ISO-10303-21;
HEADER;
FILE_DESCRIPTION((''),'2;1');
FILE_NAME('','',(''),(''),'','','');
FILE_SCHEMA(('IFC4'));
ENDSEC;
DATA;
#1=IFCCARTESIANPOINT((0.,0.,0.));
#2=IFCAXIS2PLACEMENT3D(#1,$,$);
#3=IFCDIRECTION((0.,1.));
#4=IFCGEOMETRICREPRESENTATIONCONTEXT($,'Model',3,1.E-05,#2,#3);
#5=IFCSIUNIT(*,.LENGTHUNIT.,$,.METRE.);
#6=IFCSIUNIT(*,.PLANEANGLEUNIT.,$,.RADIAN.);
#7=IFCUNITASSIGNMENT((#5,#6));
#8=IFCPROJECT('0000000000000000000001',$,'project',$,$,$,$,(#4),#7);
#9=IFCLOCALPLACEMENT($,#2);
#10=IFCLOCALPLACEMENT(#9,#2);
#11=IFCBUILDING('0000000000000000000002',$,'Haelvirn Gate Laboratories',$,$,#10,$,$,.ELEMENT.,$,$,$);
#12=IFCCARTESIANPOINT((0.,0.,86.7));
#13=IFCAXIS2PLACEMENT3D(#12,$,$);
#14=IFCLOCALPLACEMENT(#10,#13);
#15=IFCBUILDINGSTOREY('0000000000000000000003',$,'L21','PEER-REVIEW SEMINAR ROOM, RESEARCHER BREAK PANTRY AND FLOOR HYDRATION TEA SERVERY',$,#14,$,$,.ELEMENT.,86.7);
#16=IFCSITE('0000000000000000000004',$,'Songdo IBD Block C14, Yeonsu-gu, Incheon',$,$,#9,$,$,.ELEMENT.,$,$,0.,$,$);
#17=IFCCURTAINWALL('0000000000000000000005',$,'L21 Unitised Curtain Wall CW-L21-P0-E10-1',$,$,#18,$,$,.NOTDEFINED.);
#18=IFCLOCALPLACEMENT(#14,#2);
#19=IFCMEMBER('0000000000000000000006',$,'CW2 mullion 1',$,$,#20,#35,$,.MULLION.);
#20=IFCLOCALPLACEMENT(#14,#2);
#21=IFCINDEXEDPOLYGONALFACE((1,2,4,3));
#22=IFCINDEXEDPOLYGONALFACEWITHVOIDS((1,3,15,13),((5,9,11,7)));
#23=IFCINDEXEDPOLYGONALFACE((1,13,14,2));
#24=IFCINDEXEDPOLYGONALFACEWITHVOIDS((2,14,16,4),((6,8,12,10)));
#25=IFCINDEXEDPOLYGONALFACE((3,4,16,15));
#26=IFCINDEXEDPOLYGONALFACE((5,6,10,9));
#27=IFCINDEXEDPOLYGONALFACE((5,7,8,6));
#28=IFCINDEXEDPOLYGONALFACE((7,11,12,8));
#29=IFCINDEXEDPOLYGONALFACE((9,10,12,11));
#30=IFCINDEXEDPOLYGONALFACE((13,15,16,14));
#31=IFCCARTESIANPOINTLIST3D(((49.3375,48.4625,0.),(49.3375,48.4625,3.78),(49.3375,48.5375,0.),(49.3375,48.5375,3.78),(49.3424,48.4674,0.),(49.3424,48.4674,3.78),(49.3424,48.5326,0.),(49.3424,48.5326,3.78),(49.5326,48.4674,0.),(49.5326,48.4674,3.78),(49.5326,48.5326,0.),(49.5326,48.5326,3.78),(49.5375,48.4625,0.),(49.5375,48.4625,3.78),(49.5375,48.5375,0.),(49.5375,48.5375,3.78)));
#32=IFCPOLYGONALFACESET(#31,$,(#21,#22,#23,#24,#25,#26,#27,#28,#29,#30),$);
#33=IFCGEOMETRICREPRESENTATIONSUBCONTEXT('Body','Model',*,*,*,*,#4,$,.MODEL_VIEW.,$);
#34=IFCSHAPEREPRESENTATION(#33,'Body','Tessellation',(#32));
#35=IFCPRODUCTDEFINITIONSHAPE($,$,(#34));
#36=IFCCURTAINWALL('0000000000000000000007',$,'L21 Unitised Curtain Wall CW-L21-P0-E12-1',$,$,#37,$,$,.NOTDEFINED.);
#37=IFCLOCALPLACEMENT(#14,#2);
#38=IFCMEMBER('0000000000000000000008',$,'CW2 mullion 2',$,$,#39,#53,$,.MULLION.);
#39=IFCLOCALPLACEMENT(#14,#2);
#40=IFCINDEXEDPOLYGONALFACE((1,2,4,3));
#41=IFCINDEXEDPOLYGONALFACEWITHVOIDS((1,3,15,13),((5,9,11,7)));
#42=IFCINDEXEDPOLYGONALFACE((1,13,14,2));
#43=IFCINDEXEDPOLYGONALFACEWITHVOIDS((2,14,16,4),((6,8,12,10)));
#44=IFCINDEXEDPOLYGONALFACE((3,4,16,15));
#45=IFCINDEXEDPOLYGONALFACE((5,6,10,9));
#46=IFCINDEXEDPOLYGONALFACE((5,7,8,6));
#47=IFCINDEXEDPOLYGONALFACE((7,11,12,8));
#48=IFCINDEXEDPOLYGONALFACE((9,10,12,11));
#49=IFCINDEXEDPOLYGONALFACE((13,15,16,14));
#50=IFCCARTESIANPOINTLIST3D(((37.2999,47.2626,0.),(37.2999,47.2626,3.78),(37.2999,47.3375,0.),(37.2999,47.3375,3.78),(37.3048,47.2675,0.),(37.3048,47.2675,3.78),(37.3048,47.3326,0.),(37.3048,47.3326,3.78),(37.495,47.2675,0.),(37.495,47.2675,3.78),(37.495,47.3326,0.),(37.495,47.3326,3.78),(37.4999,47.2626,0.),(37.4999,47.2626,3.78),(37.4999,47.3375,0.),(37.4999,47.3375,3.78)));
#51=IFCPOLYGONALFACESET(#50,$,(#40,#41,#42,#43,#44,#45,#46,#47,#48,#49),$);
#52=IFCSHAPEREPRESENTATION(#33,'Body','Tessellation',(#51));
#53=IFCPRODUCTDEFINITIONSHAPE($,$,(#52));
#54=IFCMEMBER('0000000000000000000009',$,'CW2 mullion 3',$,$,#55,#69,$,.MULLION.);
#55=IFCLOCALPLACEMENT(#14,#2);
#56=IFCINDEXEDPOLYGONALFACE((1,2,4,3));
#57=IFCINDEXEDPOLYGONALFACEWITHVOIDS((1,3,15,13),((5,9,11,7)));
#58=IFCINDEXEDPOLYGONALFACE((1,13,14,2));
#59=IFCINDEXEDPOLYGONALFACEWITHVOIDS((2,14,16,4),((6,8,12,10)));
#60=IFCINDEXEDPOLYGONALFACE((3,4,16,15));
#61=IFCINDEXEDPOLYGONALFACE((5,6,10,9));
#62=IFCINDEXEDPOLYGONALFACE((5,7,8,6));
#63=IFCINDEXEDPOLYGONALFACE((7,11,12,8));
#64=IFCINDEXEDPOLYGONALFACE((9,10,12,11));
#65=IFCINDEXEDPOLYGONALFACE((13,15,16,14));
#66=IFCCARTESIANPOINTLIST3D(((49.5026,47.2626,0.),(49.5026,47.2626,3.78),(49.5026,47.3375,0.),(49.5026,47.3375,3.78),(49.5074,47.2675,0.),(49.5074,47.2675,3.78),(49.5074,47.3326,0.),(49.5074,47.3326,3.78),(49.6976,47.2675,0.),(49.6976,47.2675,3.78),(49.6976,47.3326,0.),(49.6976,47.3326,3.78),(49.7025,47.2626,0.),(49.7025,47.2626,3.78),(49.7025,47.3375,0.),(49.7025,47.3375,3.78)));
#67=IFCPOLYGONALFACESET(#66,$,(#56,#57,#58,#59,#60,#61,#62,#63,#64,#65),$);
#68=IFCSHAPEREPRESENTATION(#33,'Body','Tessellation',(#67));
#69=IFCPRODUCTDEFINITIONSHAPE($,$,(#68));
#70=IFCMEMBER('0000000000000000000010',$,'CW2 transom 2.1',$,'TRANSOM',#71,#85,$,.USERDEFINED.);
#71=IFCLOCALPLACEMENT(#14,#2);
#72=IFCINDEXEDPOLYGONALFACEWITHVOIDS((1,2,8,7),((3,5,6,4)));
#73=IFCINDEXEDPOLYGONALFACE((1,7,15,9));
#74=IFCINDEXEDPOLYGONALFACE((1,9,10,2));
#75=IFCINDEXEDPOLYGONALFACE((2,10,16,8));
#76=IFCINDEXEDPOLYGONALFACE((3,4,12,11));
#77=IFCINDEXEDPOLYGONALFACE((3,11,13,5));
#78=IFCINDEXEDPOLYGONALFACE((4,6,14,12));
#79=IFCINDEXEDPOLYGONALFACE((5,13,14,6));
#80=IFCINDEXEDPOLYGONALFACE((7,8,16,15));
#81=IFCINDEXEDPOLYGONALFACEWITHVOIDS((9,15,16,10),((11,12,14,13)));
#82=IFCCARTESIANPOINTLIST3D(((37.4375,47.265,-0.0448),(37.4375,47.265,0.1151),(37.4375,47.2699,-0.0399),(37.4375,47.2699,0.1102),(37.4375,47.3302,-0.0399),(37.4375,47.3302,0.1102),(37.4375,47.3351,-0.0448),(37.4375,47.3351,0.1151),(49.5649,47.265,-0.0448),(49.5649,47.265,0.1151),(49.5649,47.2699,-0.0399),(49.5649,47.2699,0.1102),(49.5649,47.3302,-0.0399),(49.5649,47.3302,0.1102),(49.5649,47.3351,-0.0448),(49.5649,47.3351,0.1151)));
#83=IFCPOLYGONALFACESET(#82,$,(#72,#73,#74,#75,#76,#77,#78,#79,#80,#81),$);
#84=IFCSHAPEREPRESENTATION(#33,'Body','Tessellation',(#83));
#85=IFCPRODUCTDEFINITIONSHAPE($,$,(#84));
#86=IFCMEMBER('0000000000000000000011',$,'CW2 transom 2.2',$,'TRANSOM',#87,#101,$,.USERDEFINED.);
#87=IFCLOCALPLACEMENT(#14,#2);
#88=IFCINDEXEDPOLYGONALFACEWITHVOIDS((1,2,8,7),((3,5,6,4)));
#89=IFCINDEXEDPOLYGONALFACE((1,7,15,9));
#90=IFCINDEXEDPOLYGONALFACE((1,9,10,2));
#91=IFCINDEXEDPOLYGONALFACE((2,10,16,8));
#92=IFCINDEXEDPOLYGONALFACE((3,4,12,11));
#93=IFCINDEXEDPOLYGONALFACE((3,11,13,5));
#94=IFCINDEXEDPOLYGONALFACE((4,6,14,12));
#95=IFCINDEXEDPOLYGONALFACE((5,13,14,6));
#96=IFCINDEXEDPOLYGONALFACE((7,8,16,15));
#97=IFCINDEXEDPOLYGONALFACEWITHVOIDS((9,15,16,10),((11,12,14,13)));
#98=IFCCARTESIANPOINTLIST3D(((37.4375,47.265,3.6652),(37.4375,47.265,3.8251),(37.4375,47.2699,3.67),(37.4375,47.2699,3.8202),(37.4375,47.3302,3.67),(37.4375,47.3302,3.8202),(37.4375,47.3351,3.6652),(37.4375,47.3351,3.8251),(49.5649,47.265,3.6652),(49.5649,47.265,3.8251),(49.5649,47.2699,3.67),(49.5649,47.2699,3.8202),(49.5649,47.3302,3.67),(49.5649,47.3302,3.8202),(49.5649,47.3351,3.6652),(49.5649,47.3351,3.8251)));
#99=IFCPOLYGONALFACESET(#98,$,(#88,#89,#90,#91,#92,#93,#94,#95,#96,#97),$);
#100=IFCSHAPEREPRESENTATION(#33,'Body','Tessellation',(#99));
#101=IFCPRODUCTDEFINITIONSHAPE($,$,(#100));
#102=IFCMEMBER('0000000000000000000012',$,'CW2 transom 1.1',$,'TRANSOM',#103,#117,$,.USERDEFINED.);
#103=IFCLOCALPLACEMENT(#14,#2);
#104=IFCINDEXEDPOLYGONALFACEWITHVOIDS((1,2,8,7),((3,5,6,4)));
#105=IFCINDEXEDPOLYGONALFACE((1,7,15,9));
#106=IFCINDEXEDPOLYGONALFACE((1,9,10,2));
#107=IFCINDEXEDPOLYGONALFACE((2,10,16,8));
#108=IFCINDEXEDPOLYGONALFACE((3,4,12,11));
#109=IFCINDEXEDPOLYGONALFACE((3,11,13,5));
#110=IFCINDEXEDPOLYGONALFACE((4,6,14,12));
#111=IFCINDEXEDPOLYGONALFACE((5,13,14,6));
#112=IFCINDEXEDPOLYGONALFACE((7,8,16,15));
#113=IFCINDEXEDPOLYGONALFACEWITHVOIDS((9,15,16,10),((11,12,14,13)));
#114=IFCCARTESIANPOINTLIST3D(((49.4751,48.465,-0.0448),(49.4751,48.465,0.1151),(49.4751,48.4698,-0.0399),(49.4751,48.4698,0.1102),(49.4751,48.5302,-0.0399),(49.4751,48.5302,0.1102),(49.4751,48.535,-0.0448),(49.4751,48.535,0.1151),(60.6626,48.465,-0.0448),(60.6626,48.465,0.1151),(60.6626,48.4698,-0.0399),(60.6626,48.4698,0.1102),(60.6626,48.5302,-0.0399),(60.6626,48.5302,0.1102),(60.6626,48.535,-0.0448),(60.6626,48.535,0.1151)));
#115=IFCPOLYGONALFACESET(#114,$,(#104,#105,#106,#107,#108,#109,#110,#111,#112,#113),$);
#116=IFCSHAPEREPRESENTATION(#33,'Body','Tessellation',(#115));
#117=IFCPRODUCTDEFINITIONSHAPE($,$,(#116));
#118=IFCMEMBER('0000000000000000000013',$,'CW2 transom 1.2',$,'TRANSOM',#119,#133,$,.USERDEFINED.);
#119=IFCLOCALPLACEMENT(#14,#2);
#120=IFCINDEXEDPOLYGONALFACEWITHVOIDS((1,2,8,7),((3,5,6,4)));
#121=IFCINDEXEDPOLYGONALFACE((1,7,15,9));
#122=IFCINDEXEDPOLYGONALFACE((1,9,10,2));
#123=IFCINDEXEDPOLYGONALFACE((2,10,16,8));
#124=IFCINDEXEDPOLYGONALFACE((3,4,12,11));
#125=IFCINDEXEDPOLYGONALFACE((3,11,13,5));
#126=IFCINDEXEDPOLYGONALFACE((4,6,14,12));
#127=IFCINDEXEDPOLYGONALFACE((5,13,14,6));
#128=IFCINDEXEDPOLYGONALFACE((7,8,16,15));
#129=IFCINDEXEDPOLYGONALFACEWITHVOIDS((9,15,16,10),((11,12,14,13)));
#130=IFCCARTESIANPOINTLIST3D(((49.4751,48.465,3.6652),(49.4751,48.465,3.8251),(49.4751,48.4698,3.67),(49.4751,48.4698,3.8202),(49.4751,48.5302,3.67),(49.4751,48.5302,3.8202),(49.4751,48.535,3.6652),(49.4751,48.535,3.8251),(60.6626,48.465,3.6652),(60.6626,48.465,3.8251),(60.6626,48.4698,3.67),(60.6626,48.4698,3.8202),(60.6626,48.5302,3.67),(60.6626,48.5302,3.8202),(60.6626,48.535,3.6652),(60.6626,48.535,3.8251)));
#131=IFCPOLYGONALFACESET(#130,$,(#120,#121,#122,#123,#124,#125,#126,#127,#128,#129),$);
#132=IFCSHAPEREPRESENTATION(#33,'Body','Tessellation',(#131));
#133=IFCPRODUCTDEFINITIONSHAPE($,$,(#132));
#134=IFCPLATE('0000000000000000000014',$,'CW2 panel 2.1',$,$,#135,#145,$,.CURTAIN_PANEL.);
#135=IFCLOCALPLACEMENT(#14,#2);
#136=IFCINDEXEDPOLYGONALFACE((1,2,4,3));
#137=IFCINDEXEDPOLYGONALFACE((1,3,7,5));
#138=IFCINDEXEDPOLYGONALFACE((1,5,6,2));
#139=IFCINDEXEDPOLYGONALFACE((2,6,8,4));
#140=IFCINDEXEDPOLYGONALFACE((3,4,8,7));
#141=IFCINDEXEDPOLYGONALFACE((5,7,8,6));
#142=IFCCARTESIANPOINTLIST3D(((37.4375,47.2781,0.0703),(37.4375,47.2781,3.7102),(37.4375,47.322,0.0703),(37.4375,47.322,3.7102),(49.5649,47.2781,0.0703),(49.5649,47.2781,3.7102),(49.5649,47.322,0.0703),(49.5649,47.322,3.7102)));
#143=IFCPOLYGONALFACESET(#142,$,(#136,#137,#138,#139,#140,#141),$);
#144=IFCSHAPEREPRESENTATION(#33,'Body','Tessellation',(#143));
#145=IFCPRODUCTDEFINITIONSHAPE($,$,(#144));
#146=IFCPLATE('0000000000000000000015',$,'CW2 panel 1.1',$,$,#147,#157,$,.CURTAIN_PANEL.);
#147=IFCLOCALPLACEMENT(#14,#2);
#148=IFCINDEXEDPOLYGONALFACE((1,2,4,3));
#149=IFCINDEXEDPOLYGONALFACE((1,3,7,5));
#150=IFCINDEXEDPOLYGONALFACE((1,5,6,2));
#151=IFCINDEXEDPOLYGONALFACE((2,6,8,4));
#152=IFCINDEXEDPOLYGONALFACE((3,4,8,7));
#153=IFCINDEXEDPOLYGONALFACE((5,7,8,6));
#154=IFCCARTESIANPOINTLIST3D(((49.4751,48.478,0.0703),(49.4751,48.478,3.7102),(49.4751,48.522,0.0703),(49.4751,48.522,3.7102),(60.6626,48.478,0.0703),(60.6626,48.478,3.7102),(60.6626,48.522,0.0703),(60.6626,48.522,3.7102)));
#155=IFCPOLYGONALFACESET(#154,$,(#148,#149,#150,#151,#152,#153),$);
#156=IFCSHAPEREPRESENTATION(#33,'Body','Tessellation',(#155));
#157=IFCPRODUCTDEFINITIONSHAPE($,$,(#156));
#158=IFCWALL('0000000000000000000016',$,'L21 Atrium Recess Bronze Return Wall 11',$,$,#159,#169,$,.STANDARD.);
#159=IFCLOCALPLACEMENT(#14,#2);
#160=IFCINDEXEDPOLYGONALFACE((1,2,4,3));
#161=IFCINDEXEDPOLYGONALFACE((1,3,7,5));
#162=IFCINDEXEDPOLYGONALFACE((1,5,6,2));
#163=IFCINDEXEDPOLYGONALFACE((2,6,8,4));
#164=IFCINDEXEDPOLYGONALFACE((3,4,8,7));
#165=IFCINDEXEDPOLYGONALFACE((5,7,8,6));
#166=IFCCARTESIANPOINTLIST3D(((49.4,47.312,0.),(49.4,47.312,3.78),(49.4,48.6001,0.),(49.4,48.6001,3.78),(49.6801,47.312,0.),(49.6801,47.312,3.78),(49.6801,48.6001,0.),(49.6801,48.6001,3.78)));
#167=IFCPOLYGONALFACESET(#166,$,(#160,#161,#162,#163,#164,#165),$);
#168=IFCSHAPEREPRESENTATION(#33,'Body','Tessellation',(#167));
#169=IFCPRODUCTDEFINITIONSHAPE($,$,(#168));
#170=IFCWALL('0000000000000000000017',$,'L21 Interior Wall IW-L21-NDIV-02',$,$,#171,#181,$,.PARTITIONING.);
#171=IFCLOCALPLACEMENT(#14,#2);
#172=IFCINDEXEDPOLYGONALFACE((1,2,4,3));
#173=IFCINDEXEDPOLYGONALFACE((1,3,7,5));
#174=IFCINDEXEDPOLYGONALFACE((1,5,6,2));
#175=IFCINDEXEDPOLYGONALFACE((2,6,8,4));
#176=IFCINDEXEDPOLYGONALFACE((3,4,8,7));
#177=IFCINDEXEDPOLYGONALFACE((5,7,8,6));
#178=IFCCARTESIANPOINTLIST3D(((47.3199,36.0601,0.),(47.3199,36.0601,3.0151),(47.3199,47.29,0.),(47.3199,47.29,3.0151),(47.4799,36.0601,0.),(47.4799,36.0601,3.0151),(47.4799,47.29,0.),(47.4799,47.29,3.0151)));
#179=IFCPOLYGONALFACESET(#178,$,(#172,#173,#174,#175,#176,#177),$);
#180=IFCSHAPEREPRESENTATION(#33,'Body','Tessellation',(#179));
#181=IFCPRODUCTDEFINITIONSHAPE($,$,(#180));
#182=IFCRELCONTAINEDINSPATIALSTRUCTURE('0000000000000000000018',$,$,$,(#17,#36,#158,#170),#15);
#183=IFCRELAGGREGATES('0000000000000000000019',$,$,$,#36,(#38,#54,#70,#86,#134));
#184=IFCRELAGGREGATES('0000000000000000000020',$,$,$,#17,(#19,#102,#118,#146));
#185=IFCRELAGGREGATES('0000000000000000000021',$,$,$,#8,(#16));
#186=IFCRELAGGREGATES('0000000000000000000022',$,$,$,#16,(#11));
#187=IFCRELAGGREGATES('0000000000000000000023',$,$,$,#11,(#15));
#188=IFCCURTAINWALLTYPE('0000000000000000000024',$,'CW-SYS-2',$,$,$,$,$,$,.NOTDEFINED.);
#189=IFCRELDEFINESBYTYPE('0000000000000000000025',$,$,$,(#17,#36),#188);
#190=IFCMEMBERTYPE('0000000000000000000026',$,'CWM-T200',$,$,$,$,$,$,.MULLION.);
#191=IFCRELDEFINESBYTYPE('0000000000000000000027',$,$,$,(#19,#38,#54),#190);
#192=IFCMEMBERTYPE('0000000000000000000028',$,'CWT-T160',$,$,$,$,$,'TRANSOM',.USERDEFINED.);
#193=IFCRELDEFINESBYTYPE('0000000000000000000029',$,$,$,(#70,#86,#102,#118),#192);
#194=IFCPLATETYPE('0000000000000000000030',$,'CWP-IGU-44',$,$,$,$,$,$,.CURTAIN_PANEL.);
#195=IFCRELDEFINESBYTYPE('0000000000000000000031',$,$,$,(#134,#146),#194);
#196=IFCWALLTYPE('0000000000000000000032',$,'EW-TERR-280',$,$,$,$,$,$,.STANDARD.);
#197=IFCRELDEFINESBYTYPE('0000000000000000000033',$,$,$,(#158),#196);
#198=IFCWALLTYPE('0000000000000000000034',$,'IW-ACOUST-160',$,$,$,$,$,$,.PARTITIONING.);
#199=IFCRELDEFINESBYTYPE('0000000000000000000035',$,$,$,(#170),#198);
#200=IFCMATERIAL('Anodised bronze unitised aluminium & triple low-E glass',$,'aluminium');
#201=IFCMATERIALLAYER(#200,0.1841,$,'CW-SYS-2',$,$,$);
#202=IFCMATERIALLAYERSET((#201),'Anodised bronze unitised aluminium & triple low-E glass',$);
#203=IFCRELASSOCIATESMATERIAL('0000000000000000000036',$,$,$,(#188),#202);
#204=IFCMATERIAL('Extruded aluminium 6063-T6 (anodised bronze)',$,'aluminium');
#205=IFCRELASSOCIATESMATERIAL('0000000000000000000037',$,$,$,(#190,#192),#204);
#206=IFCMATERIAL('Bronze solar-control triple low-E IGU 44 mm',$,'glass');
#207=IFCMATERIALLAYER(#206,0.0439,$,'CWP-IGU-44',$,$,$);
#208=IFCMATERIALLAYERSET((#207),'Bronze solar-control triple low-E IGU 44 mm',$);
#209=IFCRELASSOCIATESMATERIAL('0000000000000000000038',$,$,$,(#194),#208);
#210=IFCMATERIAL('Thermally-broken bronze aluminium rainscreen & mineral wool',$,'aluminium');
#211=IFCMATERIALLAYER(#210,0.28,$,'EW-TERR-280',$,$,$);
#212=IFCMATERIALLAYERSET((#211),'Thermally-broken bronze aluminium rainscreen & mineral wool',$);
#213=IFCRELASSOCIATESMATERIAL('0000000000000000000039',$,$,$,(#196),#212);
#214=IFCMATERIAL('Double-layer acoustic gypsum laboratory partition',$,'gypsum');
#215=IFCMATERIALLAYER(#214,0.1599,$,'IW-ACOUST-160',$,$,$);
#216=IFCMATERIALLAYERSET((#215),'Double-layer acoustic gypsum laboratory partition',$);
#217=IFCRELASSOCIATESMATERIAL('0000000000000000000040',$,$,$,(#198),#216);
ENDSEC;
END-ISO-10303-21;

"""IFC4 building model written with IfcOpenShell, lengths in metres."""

from ifc_helpers import new_model, si_unit, direction, frame, frame_2d, origin, origin_2d, place, context, subcontext, project, spatial, rectangle, hollow_rectangle, extrude, source, transform, mapped, material, layer, layer_set, material_profile, profile_set, type_object, type_shapes, element, aggregate, save


model = new_model("IFC4")

# Units and contexts
model_context = context("Model", 3, precision=1e-05, world=origin(), true_north=direction((0.0, 1.0)))
body_context = subcontext(model_context, "Body", "Model", "MODEL_VIEW")
ifc_project = project(units=[si_unit("LENGTHUNIT", "METRE"), si_unit("PLANEANGLEUNIT", "RADIAN")], contexts=[model_context])

# Site, building, storey
site_placement = place(None, origin())
site = spatial("IfcSite", under=ifc_project, at=site_placement, Name="Songdo IBD Block C14, Yeonsu-gu, Incheon", CompositionType="ELEMENT", RefElevation=0.0)
building_placement = place(site_placement, origin())
building = spatial("IfcBuilding", under=site, at=building_placement, Name="Haelvirn Gate Laboratories", CompositionType="ELEMENT")
storey_placement = place(building_placement, frame((0.0, 0.0, 86.7)))
storey = spatial("IfcBuildingStorey", under=building, at=storey_placement, Name="L21", Description="PEER-REVIEW SEMINAR ROOM, RESEARCHER BREAK PANTRY AND FLOOR HYDRATION TEA SERVERY", CompositionType="ELEMENT", Elevation=86.7)

# Curtain wall, member
ifc_material_1 = material(Name="Anodised bronze unitised aluminium & triple low-E glass", Category="aluminium")
ifc_layer_1 = layer(ifc_material_1, 0.1841, Name="CW-SYS-2")
ifc_layer_set_1 = layer_set([ifc_layer_1], Name="Anodised bronze unitised aluminium & triple low-E glass")
curtain_wall_type = type_object("IfcCurtainWallType", Name="CW-SYS-2", PredefinedType="NOTDEFINED", material=ifc_layer_set_1)
curtain_wall_1_placement = place(storey_placement, origin())
curtain_wall_1 = element("IfcCurtainWall", 1, at=curtain_wall_1_placement, inside=storey, type_object=curtain_wall_type, Name="L21 Unitised Curtain Wall CW-L21-P0-E10-1", PredefinedType="NOTDEFINED")
ifc_material_2 = material(Name="Extruded aluminium 6063-T6 (anodised bronze)", Category="aluminium")
ifc_material_profile_1 = material_profile(ifc_material_2, hollow_rectangle(XDim=0.075, YDim=0.2, WallThickness=0.0049, at=origin_2d()), Name="CWM-200x75x5")
ifc_profile_set_1 = profile_set([ifc_material_profile_1], Name="Extruded aluminium 6063-T6 (anodised bronze)")
member_type_1 = type_object("IfcMemberType", Name="CWM-T200", PredefinedType="MULLION", material=ifc_profile_set_1)
shared_shape_1 = source(origin(), body_context, "Body", "SweptSolid", [
    extrude(hollow_rectangle(XDim=0.075, YDim=0.2, WallThickness=0.0049, at=origin_2d()), origin(), (0.0, 0.0, 1.0), 3.78),
])
type_shapes(member_type_1, [shared_shape_1])
member_1_placement = place(storey_placement, frame((49.4375, 48.5, 0.0), z_axis=(0.0, 0.0, 1.0), x_axis=(0.0, 1.0, 0.0)))
member_1 = element("IfcMember", 2, at=member_1_placement, type_object=member_type_1, Name="CW2 mullion 1", PredefinedType="MULLION", context=body_context, shape_type="MappedRepresentation", body=[
    mapped(shared_shape_1, transform((0.0, 0.0, 0.0), scale=1.0)),
])

# Curtain wall, members
curtain_wall_2_placement = place(storey_placement, origin())
curtain_wall_2 = element("IfcCurtainWall", 3, at=curtain_wall_2_placement, inside=storey, type_object=curtain_wall_type, Name="L21 Unitised Curtain Wall CW-L21-P0-E12-1", PredefinedType="NOTDEFINED")
member_2_placement = place(storey_placement, frame((37.3999, 47.3, 0.0), z_axis=(0.0, 0.0, 1.0), x_axis=(0.0, 1.0, 0.0)))
member_2 = element("IfcMember", 4, at=member_2_placement, type_object=member_type_1, Name="CW2 mullion 2", PredefinedType="MULLION", context=body_context, shape_type="MappedRepresentation", body=[
    mapped(shared_shape_1, transform((0.0, 0.0, 0.0), scale=1.0)),
])
member_3_placement = place(storey_placement, frame((49.6025, 47.3, 0.0), z_axis=(0.0, 0.0, 1.0), x_axis=(0.0, 1.0, 0.0)))
member_3 = element("IfcMember", 5, at=member_3_placement, type_object=member_type_1, Name="CW2 mullion 3", PredefinedType="MULLION", context=body_context, shape_type="MappedRepresentation", body=[
    mapped(shared_shape_1, transform((0.0, 0.0, 0.0), scale=1.0)),
])
ifc_material_profile_2 = material_profile(ifc_material_2, hollow_rectangle(XDim=0.0701, YDim=0.1599, WallThickness=0.0049, at=origin_2d()), Name="CWT-160x70x5")
ifc_profile_set_2 = profile_set([ifc_material_profile_2], Name="Extruded aluminium 6063-T6 (anodised bronze)")
member_type_2 = type_object("IfcMemberType", Name="CWT-T160", ElementType="TRANSOM", PredefinedType="USERDEFINED", material=ifc_profile_set_2)
shared_shape_2 = source(origin(), body_context, "Body", "SweptSolid", [
    extrude(hollow_rectangle(XDim=0.0701, YDim=0.1599, WallThickness=0.0049, at=origin_2d()), origin(), (0.0, 0.0, 1.0), 12.1274),
])
member_4_placement = place(storey_placement, frame((37.4375, 47.3, 0.0352), z_axis=(1.0, 0.0, 0.0), x_axis=(0.0, 1.0, 0.0)))
member_4 = element("IfcMember", 6, at=member_4_placement, type_object=member_type_2, Name="CW2 transom 2.1", ObjectType="TRANSOM", PredefinedType="USERDEFINED", context=body_context, shape_type="MappedRepresentation", body=[
    mapped(shared_shape_2, transform((0.0, 0.0, 0.0), scale=1.0)),
])
member_5_placement = place(storey_placement, frame((37.4375, 47.3, 3.7451), z_axis=(1.0, 0.0, 0.0), x_axis=(0.0, 1.0, 0.0)))
member_5 = element("IfcMember", 7, at=member_5_placement, type_object=member_type_2, Name="CW2 transom 2.2", ObjectType="TRANSOM", PredefinedType="USERDEFINED", context=body_context, shape_type="MappedRepresentation", body=[
    mapped(shared_shape_2, transform((0.0, 0.0, 0.0), scale=1.0)),
])

# Members
shared_shape_3 = source(origin(), body_context, "Body", "SweptSolid", [
    extrude(hollow_rectangle(XDim=0.0701, YDim=0.1599, WallThickness=0.0049, at=origin_2d()), origin(), (0.0, 0.0, 1.0), 11.1875),
])
type_shapes(member_type_2, [shared_shape_2, shared_shape_3])
member_6_placement = place(storey_placement, frame((49.4751, 48.5, 0.0352), z_axis=(1.0, 0.0, 0.0), x_axis=(0.0, 1.0, 0.0)))
member_6 = element("IfcMember", 8, at=member_6_placement, type_object=member_type_2, Name="CW2 transom 1.1", ObjectType="TRANSOM", PredefinedType="USERDEFINED", context=body_context, shape_type="MappedRepresentation", body=[
    mapped(shared_shape_3, transform((0.0, 0.0, 0.0), scale=1.0)),
])
member_7_placement = place(storey_placement, frame((49.4751, 48.5, 3.7451), z_axis=(1.0, 0.0, 0.0), x_axis=(0.0, 1.0, 0.0)))
member_7 = element("IfcMember", 9, at=member_7_placement, type_object=member_type_2, Name="CW2 transom 1.2", ObjectType="TRANSOM", PredefinedType="USERDEFINED", context=body_context, shape_type="MappedRepresentation", body=[
    mapped(shared_shape_3, transform((0.0, 0.0, 0.0), scale=1.0)),
])

# Plates
ifc_material_3 = material(Name="Bronze solar-control triple low-E IGU 44 mm", Category="glass")
ifc_layer_2 = layer(ifc_material_3, 0.0439, Name="CWP-IGU-44")
ifc_layer_set_2 = layer_set([ifc_layer_2], Name="Bronze solar-control triple low-E IGU 44 mm")
plate_type = type_object("IfcPlateType", Name="CWP-IGU-44", PredefinedType="CURTAIN_PANEL", material=ifc_layer_set_2)
shared_shape_4 = source(origin(), body_context, "Body", "SweptSolid", [
    extrude(rectangle(XDim=12.1274, YDim=0.0439, at=origin_2d()), origin(), (0.0, 0.0, 1.0), 3.6399),
])
plate_1_placement = place(storey_placement, frame((43.5012, 47.3, 0.0703), z_axis=(0.0, 0.0, 1.0), x_axis=(1.0, 0.0, 0.0)))
plate_1 = element("IfcPlate", 10, at=plate_1_placement, type_object=plate_type, Name="CW2 panel 2.1", PredefinedType="CURTAIN_PANEL", context=body_context, shape_type="MappedRepresentation", body=[
    mapped(shared_shape_4, transform((0.0, 0.0, 0.0), scale=1.0)),
])
aggregate(curtain_wall_2, [member_2, member_3, member_4, member_5, plate_1])
shared_shape_5 = source(origin(), body_context, "Body", "SweptSolid", [
    extrude(rectangle(XDim=11.1875, YDim=0.0439, at=origin_2d()), origin(), (0.0, 0.0, 1.0), 3.6399),
])
type_shapes(plate_type, [shared_shape_4, shared_shape_5])
plate_2_placement = place(storey_placement, frame((55.0688, 48.5, 0.0703), z_axis=(0.0, 0.0, 1.0), x_axis=(1.0, 0.0, 0.0)))
plate_2 = element("IfcPlate", 11, at=plate_2_placement, type_object=plate_type, Name="CW2 panel 1.1", PredefinedType="CURTAIN_PANEL", context=body_context, shape_type="MappedRepresentation", body=[
    mapped(shared_shape_5, transform((0.0, 0.0, 0.0), scale=1.0)),
])
aggregate(curtain_wall_1, [member_1, member_6, member_7, plate_2])

# Walls
ifc_material_4 = material(Name="Thermally-broken bronze aluminium rainscreen & mineral wool", Category="aluminium")
ifc_layer_3 = layer(ifc_material_4, 0.28, Name="EW-TERR-280")
ifc_layer_set_3 = layer_set([ifc_layer_3], Name="Thermally-broken bronze aluminium rainscreen & mineral wool")
wall_type_1 = type_object("IfcWallType", Name="EW-TERR-280", PredefinedType="STANDARD", material=ifc_layer_set_3)
wall_1_placement = place(storey_placement, frame((49.54, 48.6001, 0.0), z_axis=(0.0, 0.0, 1.0), x_axis=(0.0, -1.0, 0.0)))
element("IfcWall", 12, at=wall_1_placement, inside=storey, type_object=wall_type_1, Name="L21 Atrium Recess Bronze Return Wall 11", PredefinedType="STANDARD", context=body_context, shape_type="SweptSolid", body=[
    extrude(rectangle(XDim=1.2881, YDim=0.28, at=frame_2d((0.644, 0.0))), origin(), (0.0, 0.0, 1.0), 3.78),
])
ifc_material_5 = material(Name="Double-layer acoustic gypsum laboratory partition", Category="gypsum")
ifc_layer_4 = layer(ifc_material_5, 0.1599, Name="IW-ACOUST-160")
ifc_layer_set_4 = layer_set([ifc_layer_4], Name="Double-layer acoustic gypsum laboratory partition")
wall_type_2 = type_object("IfcWallType", Name="IW-ACOUST-160", PredefinedType="PARTITIONING", material=ifc_layer_set_4)
wall_2_placement = place(storey_placement, frame((47.3999, 36.0601, 0.0), z_axis=(0.0, 0.0, 1.0), x_axis=(0.0, 1.0, 0.0)))
element("IfcWall", 13, at=wall_2_placement, inside=storey, type_object=wall_type_2, Name="L21 Interior Wall IW-L21-NDIV-02", PredefinedType="PARTITIONING", context=body_context, shape_type="SweptSolid", body=[
    extrude(rectangle(XDim=11.23, YDim=0.1599, at=frame_2d((5.615, 0.0))), origin(), (0.0, 0.0, 1.0), 3.0151),
])

save(model, "model.ifc")
